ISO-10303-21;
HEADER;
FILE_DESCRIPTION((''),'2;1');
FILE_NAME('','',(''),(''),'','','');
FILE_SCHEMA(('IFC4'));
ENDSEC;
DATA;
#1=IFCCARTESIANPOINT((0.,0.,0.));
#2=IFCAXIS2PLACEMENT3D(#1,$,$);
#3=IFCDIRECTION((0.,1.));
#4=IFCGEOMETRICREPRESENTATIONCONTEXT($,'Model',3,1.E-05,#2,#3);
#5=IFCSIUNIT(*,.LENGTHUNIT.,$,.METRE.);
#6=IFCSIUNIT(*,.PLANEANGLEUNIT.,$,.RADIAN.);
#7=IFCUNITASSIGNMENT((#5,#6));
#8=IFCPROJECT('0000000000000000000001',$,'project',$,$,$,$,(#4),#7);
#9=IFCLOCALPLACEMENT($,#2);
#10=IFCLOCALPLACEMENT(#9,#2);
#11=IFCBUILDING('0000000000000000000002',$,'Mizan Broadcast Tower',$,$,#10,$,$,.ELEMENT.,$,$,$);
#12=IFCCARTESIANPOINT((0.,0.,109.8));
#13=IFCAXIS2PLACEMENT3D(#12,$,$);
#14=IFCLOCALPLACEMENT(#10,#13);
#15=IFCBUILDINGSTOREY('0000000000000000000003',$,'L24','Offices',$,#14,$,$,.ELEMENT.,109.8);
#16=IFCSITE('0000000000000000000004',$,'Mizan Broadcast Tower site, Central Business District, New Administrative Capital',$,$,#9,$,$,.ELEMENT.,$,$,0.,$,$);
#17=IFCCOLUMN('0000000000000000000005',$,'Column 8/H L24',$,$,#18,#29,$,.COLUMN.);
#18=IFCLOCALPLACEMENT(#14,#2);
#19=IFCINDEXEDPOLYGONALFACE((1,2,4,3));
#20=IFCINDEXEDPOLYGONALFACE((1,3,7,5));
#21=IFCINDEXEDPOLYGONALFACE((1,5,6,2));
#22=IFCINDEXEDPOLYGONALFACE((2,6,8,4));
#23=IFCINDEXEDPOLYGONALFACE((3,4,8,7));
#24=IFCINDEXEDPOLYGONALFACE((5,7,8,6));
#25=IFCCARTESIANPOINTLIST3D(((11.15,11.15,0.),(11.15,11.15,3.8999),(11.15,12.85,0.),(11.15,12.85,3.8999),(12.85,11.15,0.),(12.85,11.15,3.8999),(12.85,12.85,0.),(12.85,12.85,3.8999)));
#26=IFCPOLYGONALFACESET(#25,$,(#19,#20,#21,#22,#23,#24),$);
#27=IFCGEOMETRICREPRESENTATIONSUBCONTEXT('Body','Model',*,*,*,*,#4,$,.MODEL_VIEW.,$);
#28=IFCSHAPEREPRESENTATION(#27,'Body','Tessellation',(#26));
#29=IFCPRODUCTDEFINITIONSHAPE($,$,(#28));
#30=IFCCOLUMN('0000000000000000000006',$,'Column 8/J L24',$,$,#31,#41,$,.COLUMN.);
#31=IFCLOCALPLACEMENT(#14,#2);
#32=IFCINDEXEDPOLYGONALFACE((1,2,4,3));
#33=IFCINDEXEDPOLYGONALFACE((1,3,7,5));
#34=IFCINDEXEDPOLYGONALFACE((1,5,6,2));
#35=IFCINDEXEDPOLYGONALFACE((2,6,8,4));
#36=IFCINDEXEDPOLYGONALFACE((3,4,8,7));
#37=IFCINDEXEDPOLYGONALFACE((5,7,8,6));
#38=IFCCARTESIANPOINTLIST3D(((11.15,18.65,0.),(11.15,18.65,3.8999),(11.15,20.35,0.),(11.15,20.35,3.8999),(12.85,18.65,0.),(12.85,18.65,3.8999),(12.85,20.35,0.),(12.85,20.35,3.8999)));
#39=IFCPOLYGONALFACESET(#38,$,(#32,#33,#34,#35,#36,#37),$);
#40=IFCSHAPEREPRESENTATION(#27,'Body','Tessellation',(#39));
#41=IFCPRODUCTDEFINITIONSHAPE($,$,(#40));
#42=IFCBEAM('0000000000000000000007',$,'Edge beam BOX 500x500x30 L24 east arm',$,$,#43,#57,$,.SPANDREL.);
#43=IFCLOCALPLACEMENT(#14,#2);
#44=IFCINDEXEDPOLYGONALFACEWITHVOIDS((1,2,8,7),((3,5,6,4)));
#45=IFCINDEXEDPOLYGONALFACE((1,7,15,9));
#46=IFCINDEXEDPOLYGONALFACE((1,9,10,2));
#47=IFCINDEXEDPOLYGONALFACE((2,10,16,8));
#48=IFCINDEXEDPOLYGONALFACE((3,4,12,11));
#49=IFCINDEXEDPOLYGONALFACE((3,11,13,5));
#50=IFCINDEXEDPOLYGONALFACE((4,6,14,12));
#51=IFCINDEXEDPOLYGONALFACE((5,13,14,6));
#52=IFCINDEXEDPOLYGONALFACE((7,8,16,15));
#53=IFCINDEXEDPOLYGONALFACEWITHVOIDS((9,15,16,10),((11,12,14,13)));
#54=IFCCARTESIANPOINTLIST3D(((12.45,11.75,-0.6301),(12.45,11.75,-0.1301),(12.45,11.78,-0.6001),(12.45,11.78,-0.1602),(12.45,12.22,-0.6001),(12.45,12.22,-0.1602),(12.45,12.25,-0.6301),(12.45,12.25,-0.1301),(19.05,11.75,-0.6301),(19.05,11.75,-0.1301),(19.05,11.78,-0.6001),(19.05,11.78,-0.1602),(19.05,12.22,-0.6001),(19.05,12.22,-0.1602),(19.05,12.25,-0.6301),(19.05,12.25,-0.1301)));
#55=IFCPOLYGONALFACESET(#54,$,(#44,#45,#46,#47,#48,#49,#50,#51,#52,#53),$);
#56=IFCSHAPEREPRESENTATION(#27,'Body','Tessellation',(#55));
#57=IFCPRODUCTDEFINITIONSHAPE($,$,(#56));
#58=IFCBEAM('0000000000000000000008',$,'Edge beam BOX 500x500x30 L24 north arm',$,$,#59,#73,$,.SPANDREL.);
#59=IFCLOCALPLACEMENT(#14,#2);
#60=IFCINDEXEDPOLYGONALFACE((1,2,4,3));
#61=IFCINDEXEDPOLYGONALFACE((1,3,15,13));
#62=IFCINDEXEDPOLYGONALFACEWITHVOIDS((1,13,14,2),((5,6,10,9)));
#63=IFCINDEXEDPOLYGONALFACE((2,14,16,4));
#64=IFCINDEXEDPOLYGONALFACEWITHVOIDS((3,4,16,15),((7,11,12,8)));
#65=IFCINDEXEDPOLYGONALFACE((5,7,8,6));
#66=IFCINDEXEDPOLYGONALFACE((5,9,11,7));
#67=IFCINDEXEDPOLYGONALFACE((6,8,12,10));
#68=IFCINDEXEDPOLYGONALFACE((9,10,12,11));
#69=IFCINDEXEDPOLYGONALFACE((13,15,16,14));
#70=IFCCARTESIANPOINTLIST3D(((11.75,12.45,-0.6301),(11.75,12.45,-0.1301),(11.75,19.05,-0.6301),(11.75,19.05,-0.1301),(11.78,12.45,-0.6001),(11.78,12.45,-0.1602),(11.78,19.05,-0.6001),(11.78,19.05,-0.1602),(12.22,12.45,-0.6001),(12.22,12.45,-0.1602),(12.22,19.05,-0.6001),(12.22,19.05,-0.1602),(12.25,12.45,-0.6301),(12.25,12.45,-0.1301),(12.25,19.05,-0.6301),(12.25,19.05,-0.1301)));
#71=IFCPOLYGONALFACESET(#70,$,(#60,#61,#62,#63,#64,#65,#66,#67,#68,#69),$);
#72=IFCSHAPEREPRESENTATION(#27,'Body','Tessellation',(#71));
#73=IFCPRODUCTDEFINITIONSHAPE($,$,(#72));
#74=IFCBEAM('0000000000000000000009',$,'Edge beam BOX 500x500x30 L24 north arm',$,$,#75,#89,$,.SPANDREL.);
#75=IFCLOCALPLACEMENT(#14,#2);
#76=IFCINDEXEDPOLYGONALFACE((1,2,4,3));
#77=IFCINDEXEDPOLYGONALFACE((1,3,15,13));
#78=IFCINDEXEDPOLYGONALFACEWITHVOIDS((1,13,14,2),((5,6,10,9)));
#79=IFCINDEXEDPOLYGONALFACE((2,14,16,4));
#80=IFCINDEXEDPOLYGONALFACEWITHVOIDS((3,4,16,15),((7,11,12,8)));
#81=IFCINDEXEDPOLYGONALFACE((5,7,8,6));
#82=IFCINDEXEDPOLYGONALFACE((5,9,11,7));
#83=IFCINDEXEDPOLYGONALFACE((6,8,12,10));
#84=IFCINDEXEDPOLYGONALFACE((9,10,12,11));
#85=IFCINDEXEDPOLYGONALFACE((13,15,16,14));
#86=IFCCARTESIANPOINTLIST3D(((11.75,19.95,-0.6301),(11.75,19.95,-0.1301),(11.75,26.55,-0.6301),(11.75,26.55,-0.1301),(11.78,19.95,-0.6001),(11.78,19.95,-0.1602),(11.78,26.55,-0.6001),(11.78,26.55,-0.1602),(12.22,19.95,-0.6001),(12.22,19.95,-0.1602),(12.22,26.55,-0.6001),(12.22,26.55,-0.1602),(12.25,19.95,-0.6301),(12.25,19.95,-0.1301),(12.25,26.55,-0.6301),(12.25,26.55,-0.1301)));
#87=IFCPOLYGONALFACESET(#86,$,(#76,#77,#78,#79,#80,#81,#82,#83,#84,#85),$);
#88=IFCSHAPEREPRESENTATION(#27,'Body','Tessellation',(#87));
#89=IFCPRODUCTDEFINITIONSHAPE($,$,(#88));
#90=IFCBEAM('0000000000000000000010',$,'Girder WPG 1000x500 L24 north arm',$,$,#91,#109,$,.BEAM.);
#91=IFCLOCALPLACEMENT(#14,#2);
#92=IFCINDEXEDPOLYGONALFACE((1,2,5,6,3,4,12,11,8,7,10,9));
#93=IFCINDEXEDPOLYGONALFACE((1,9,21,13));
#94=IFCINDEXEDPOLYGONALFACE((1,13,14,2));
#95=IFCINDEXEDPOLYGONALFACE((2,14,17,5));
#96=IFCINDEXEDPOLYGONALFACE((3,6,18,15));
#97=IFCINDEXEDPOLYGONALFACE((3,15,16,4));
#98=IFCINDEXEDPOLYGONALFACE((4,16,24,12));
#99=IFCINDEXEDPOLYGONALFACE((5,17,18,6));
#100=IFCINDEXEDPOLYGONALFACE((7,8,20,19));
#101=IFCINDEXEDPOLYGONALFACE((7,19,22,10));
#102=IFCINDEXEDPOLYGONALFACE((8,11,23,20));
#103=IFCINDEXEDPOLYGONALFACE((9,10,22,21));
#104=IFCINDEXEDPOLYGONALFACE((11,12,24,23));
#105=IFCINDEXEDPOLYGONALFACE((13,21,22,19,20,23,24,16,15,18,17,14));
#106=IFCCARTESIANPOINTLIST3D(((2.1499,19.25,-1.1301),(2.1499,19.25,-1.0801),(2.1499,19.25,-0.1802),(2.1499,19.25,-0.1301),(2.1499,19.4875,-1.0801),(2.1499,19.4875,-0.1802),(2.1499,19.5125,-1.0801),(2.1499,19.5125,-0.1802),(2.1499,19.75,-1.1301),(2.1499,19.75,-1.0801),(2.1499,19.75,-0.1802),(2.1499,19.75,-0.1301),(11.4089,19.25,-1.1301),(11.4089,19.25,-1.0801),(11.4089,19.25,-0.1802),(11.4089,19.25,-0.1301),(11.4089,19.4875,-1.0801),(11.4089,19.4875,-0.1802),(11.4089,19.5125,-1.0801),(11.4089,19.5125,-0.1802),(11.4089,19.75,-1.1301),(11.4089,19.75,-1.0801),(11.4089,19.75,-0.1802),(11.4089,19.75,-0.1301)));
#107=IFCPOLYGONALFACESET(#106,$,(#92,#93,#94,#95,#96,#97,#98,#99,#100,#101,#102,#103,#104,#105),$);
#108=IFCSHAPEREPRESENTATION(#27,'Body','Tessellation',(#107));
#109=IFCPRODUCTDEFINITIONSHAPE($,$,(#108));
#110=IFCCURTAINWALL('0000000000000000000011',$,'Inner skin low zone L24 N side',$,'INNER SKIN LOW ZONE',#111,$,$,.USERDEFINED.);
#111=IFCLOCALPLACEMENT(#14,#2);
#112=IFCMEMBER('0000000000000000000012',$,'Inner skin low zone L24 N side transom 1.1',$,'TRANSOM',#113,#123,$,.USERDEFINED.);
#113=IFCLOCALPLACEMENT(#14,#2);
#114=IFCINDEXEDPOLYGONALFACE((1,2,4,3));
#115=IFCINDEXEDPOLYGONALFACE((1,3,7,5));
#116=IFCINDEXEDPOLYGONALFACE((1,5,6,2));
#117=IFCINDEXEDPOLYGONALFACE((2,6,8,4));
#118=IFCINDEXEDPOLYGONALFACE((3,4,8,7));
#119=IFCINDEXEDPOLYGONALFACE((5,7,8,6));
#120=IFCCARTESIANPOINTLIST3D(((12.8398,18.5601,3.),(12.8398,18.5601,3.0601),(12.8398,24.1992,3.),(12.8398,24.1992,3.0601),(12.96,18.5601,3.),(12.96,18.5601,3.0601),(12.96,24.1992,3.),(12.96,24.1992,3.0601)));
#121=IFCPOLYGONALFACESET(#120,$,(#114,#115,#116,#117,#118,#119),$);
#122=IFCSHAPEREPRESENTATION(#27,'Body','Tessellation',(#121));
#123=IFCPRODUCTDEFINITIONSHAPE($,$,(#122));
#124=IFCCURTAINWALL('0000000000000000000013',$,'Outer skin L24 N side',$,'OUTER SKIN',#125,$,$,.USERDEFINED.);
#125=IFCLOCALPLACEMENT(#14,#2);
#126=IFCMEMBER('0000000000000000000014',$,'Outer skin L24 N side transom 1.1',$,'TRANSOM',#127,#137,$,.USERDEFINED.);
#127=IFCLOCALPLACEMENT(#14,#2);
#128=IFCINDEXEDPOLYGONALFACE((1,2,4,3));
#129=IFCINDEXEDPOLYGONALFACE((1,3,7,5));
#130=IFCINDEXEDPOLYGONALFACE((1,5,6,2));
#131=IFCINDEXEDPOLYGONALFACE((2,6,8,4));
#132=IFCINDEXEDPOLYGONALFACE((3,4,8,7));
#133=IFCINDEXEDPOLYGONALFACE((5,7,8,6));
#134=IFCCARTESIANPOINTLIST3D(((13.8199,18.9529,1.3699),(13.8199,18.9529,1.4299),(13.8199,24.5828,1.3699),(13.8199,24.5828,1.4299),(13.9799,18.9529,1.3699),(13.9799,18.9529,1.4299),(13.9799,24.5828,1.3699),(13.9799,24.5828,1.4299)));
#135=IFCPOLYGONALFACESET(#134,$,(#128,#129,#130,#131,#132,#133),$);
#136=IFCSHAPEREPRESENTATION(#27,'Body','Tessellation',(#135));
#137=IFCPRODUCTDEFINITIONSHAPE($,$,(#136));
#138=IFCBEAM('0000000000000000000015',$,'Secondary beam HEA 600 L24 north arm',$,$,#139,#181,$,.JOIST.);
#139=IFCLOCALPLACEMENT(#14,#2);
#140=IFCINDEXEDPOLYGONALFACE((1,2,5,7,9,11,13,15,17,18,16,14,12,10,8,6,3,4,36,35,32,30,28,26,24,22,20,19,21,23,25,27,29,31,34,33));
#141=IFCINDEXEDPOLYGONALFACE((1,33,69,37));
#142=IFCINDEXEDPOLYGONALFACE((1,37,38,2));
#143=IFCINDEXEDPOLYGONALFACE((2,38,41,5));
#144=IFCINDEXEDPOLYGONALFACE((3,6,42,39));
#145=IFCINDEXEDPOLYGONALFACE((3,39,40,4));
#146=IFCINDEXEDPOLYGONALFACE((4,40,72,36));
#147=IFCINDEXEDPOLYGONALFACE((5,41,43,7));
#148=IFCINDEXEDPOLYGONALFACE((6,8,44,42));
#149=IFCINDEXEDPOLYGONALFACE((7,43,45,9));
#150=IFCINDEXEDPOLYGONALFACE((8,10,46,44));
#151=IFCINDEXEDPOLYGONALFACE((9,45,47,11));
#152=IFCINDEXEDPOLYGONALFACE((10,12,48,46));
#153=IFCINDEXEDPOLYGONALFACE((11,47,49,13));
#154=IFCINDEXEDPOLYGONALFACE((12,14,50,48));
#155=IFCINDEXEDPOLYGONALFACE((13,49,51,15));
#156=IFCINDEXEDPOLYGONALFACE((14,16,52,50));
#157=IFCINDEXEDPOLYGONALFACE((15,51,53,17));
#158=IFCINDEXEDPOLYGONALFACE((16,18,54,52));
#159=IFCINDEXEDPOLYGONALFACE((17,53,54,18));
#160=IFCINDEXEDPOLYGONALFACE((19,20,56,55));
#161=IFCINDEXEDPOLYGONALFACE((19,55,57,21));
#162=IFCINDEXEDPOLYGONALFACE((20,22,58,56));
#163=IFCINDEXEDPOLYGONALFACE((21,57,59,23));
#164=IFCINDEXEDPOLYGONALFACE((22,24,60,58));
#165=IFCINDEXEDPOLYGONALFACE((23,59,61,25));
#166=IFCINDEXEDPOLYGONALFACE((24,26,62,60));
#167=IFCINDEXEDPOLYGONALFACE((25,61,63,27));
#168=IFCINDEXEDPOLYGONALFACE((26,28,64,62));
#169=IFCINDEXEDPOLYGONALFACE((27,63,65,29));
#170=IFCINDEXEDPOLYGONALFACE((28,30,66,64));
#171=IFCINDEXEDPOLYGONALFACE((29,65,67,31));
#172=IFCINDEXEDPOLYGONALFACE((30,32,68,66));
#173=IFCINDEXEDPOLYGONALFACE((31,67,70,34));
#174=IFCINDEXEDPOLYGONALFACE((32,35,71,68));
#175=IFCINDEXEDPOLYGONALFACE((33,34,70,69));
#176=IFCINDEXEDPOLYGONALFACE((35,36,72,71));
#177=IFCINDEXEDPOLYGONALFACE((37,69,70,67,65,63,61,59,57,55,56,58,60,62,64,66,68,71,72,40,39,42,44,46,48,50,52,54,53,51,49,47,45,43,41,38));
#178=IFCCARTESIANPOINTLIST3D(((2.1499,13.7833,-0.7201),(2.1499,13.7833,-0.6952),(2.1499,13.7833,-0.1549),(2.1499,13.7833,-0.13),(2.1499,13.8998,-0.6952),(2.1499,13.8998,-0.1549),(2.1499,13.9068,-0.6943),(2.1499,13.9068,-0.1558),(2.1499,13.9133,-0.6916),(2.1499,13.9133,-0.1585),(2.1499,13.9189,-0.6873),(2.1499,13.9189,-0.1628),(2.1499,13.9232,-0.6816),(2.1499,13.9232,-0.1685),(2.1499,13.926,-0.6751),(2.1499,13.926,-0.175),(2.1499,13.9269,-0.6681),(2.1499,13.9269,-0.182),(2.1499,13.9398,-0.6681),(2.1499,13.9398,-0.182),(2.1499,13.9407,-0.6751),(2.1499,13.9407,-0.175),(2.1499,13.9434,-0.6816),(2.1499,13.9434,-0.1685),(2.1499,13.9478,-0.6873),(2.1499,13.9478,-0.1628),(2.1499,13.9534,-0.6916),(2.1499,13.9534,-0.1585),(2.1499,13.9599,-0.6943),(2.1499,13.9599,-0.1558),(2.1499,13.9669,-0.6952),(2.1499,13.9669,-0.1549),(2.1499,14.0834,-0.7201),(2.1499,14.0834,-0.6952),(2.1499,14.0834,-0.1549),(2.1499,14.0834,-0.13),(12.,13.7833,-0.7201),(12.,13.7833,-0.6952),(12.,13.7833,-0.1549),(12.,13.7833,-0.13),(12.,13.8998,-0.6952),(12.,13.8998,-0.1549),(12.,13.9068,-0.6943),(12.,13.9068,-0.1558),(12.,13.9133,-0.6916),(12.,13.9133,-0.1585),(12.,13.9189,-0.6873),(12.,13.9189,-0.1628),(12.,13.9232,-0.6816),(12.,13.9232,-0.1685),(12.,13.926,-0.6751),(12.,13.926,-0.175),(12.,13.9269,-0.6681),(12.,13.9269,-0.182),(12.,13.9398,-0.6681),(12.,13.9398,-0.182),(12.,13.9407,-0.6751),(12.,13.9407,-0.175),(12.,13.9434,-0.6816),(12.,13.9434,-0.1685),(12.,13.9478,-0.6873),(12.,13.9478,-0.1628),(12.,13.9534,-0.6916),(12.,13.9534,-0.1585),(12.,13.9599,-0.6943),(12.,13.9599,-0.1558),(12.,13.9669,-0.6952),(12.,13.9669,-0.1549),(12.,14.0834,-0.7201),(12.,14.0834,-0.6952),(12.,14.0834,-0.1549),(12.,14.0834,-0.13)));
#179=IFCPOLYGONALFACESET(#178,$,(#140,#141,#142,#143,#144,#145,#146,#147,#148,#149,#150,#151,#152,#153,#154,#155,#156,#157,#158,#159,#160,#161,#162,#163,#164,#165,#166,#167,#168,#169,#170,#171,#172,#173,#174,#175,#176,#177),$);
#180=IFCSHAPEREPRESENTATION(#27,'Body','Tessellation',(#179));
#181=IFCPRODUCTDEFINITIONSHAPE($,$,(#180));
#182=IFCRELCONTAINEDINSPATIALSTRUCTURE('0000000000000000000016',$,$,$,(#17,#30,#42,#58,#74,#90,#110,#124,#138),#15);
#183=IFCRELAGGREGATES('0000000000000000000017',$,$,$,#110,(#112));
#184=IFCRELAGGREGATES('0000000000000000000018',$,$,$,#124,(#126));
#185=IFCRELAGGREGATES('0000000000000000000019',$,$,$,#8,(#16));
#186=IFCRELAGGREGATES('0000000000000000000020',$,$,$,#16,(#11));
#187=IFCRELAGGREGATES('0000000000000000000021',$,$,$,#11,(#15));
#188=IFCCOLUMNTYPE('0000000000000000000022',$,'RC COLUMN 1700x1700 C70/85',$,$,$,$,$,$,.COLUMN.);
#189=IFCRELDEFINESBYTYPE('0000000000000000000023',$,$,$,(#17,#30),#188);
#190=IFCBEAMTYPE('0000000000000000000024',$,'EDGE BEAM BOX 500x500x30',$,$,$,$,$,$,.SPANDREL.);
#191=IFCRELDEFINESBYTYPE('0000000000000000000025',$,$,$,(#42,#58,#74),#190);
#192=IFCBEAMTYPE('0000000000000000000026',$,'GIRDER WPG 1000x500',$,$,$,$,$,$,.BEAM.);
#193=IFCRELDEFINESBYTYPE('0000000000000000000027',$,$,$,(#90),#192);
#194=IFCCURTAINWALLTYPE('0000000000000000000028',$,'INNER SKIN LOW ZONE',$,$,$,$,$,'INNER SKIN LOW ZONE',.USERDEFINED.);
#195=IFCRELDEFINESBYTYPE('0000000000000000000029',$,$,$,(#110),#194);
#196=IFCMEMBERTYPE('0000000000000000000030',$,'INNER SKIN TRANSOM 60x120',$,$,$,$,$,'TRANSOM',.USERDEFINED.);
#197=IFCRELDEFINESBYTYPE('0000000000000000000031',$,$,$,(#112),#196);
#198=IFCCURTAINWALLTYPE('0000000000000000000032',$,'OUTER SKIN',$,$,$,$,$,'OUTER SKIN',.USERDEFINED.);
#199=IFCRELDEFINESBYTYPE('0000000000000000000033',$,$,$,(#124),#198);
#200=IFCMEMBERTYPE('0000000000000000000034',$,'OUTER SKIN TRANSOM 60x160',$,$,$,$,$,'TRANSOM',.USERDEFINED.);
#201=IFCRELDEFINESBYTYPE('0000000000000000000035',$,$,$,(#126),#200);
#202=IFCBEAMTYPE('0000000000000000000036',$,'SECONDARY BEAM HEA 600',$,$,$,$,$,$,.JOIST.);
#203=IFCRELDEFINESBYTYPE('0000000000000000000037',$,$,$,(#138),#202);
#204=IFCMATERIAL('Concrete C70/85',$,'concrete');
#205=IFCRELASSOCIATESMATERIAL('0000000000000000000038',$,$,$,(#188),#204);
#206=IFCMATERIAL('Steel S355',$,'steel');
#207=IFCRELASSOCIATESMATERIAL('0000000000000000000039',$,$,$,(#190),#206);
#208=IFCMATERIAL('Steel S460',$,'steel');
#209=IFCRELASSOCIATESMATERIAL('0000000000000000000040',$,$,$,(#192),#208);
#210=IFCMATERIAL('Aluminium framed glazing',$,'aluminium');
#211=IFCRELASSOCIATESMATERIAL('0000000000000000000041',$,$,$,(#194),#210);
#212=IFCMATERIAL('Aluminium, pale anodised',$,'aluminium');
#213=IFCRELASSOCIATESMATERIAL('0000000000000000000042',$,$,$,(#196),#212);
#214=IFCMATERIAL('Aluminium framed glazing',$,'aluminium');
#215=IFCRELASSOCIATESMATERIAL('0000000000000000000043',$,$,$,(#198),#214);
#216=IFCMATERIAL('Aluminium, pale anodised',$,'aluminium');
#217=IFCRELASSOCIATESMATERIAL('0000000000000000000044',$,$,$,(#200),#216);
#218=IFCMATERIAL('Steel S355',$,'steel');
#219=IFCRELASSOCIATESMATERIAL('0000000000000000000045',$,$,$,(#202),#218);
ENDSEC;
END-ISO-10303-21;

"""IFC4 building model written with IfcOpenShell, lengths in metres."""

from ifc_helpers import new_model, si_unit, direction, frame, origin, origin_2d, place, context, subcontext, project, spatial, rectangle, hollow_rectangle, i_section, extrude, material, material_profile, profile_set, type_object, element, aggregate, save


model = new_model("IFC4")

# Units and contexts
model_context = context("Model", 3, precision=1e-05, world=origin(), true_north=direction((0.0, 1.0)))
body_context = subcontext(model_context, "Body", "Model", "MODEL_VIEW")
ifc_project = project(units=[si_unit("LENGTHUNIT", "METRE"), si_unit("PLANEANGLEUNIT", "RADIAN")], contexts=[model_context])

# Site, building, storey
site_placement = place(None, origin())
site = spatial("IfcSite", under=ifc_project, at=site_placement, Name="Mizan Broadcast Tower site, Central Business District, New Administrative Capital", CompositionType="ELEMENT", RefElevation=0.0)
building_placement = place(site_placement, origin())
building = spatial("IfcBuilding", under=site, at=building_placement, Name="Mizan Broadcast Tower", CompositionType="ELEMENT")
storey_placement = place(building_placement, frame((0.0, 0.0, 109.8)))
storey = spatial("IfcBuildingStorey", under=building, at=storey_placement, Name="L24", Description="Offices", CompositionType="ELEMENT", Elevation=109.8)

# Columns
ifc_material_1 = material(Name="Concrete C70/85", Category="concrete")
ifc_material_profile_1 = material_profile(ifc_material_1, rectangle(XDim=1.7, YDim=1.7, at=origin_2d()), Name="RC 1700x1700")
ifc_profile_set_1 = profile_set([ifc_material_profile_1], Name="Concrete C70/85")
column_type = type_object("IfcColumnType", Name="RC COLUMN 1700x1700 C70/85", PredefinedType="COLUMN", material=ifc_profile_set_1)
for number, where, z_axis, x_axis, name in (
    (1, (12.0, 12.0, 0.0), (0.0, 0.0, 1.0), (1.0, 0.0, 0.0), "Column 8/H L24"),
    (2, (12.0, 19.5, 0.0), (0.0, 0.0, 1.0), (1.0, 0.0, 0.0), "Column 8/J L24"),
):
    element("IfcColumn", number, at=place(storey_placement, frame(where, z_axis=z_axis, x_axis=x_axis)), inside=storey, type_object=column_type, Name=name, PredefinedType="COLUMN", context=body_context, shape_type="SweptSolid", body=[
        extrude(rectangle(XDim=1.7, YDim=1.7, at=origin_2d()), origin(), (0.0, 0.0, 1.0), 3.8999),
    ])

# Beams
ifc_material_2 = material(Name="Steel S355", Category="steel")
ifc_material_profile_2 = material_profile(ifc_material_2, hollow_rectangle(XDim=0.5, YDim=0.5, WallThickness=0.03, at=origin_2d()), Name="BOX 500x500x30")
ifc_profile_set_2 = profile_set([ifc_material_profile_2], Name="Steel S355")
beam_type_1 = type_object("IfcBeamType", Name="EDGE BEAM BOX 500x500x30", PredefinedType="SPANDREL", material=ifc_profile_set_2)
for number, where, z_axis, x_axis, name in (
    (3, (12.45, 12.0, -0.3801), (1.0, 0.0, 0.0), (0.0, 1.0, 0.0), "Edge beam BOX 500x500x30 L24 east arm"),
    (4, (12.0, 12.45, -0.3801), (0.0, 1.0, 0.0), (-1.0, 0.0, 0.0), "Edge beam BOX 500x500x30 L24 north arm"),
    (5, (12.0, 19.95, -0.3801), (0.0, 1.0, 0.0), (-1.0, 0.0, 0.0), "Edge beam BOX 500x500x30 L24 north arm"),
):
    element("IfcBeam", number, at=place(storey_placement, frame(where, z_axis=z_axis, x_axis=x_axis)), inside=storey, type_object=beam_type_1, Name=name, PredefinedType="SPANDREL", context=body_context, shape_type="SweptSolid", body=[
        extrude(hollow_rectangle(XDim=0.5, YDim=0.5, WallThickness=0.03, at=origin_2d()), origin(), (0.0, 0.0, 1.0), 6.6001),
    ])
ifc_material_3 = material(Name="Steel S460", Category="steel")
ifc_material_profile_3 = material_profile(ifc_material_3, i_section(OverallWidth=0.5, OverallDepth=1.0, WebThickness=0.0249, FlangeThickness=0.05, at=origin_2d()), Name="WPG 1000x500")
ifc_profile_set_3 = profile_set([ifc_material_profile_3], Name="Steel S460")
beam_type_2 = type_object("IfcBeamType", Name="GIRDER WPG 1000x500", PredefinedType="BEAM", material=ifc_profile_set_3)
beam_1_placement = place(storey_placement, frame((11.4089, 19.5, -0.6301), z_axis=(-1.0, 0.0, 0.0), x_axis=(0.0, -1.0, 0.0)))
element("IfcBeam", 6, at=beam_1_placement, inside=storey, type_object=beam_type_2, Name="Girder WPG 1000x500 L24 north arm", PredefinedType="BEAM", context=body_context, shape_type="SweptSolid", body=[
    extrude(i_section(OverallWidth=0.5, OverallDepth=1.0, WebThickness=0.0249, FlangeThickness=0.05, at=origin_2d()), origin(), (0.0, 0.0, 1.0), 9.259),
])

# Curtain walls, members
ifc_material_4 = material(Name="Aluminium framed glazing", Category="aluminium")
curtain_wall_type_1 = type_object("IfcCurtainWallType", Name="INNER SKIN LOW ZONE", ElementType="INNER SKIN LOW ZONE", PredefinedType="USERDEFINED", material=ifc_material_4)
curtain_wall_1_placement = place(storey_placement, origin())
curtain_wall_1 = element("IfcCurtainWall", 7, at=curtain_wall_1_placement, inside=storey, type_object=curtain_wall_type_1, Name="Inner skin low zone L24 N side", ObjectType="INNER SKIN LOW ZONE", PredefinedType="USERDEFINED")
ifc_material_5 = material(Name="Aluminium, pale anodised", Category="aluminium")
ifc_material_profile_4 = material_profile(ifc_material_5, rectangle(XDim=0.1201, YDim=0.0601, at=origin_2d()), Name="TRANSOM 120x60")
ifc_profile_set_4 = profile_set([ifc_material_profile_4], Name="Aluminium, pale anodised")
member_type_1 = type_object("IfcMemberType", Name="INNER SKIN TRANSOM 60x120", ElementType="TRANSOM", PredefinedType="USERDEFINED", material=ifc_profile_set_4)
member_1_placement = place(storey_placement, frame((12.8999, 18.5601, 3.03), z_axis=(0.0, 1.0, 0.0), x_axis=(-1.0, 0.0, 0.0)))
member_1 = element("IfcMember", 8, at=member_1_placement, type_object=member_type_1, Name="Inner skin low zone L24 N side transom 1.1", ObjectType="TRANSOM", PredefinedType="USERDEFINED", context=body_context, shape_type="SweptSolid", body=[
    extrude(rectangle(XDim=0.1201, YDim=0.0601, at=origin_2d()), origin(), (0.0, 0.0, 1.0), 5.6392),
])
ifc_material_6 = material(Name="Aluminium framed glazing", Category="aluminium")
curtain_wall_type_2 = type_object("IfcCurtainWallType", Name="OUTER SKIN", ElementType="OUTER SKIN", PredefinedType="USERDEFINED", material=ifc_material_6)
curtain_wall_2_placement = place(storey_placement, origin())
curtain_wall_2 = element("IfcCurtainWall", 9, at=curtain_wall_2_placement, inside=storey, type_object=curtain_wall_type_2, Name="Outer skin L24 N side", ObjectType="OUTER SKIN", PredefinedType="USERDEFINED")
ifc_material_7 = material(Name="Aluminium, pale anodised", Category="aluminium")
ifc_material_profile_5 = material_profile(ifc_material_7, rectangle(XDim=0.1599, YDim=0.0601, at=origin_2d()), Name="TRANSOM 160x60")
ifc_profile_set_5 = profile_set([ifc_material_profile_5], Name="Aluminium, pale anodised")
member_type_2 = type_object("IfcMemberType", Name="OUTER SKIN TRANSOM 60x160", ElementType="TRANSOM", PredefinedType="USERDEFINED", material=ifc_profile_set_5)
member_2_placement = place(storey_placement, frame((13.8999, 18.9529, 1.3999), z_axis=(0.0, 1.0, 0.0), x_axis=(-1.0, 0.0, 0.0)))
member_2 = element("IfcMember", 10, at=member_2_placement, type_object=member_type_2, Name="Outer skin L24 N side transom 1.1", ObjectType="TRANSOM", PredefinedType="USERDEFINED", context=body_context, shape_type="SweptSolid", body=[
    extrude(rectangle(XDim=0.1599, YDim=0.0601, at=origin_2d()), origin(), (0.0, 0.0, 1.0), 5.6299),
])

# Beam
ifc_material_8 = material(Name="Steel S355", Category="steel")
ifc_material_profile_6 = material_profile(ifc_material_8, i_section(OverallWidth=0.3, OverallDepth=0.5901, WebThickness=0.0129, FlangeThickness=0.0249, FilletRadius=0.0271, at=origin_2d()), Name="HEA 600")
ifc_profile_set_6 = profile_set([ifc_material_profile_6], Name="Steel S355")
beam_type_3 = type_object("IfcBeamType", Name="SECONDARY BEAM HEA 600", PredefinedType="JOIST", material=ifc_profile_set_6)
for number, where, z_axis, x_axis, name in (
    (11, (12.0, 13.9333, -0.425), (-1.0, 0.0, 0.0), (0.0, -1.0, 0.0), "Secondary beam HEA 600 L24 north arm"),
):
    element("IfcBeam", number, at=place(storey_placement, frame(where, z_axis=z_axis, x_axis=x_axis)), inside=storey, type_object=beam_type_3, Name=name, PredefinedType="JOIST", context=body_context, shape_type="SweptSolid", body=[
        extrude(i_section(OverallWidth=0.3, OverallDepth=0.5901, WebThickness=0.0129, FlangeThickness=0.0249, FilletRadius=0.0271, at=origin_2d()), origin(), (0.0, 0.0, 1.0), 9.8501),
    ])

aggregate(curtain_wall_1, [member_1])
aggregate(curtain_wall_2, [member_2])

save(model, "model.ifc")
